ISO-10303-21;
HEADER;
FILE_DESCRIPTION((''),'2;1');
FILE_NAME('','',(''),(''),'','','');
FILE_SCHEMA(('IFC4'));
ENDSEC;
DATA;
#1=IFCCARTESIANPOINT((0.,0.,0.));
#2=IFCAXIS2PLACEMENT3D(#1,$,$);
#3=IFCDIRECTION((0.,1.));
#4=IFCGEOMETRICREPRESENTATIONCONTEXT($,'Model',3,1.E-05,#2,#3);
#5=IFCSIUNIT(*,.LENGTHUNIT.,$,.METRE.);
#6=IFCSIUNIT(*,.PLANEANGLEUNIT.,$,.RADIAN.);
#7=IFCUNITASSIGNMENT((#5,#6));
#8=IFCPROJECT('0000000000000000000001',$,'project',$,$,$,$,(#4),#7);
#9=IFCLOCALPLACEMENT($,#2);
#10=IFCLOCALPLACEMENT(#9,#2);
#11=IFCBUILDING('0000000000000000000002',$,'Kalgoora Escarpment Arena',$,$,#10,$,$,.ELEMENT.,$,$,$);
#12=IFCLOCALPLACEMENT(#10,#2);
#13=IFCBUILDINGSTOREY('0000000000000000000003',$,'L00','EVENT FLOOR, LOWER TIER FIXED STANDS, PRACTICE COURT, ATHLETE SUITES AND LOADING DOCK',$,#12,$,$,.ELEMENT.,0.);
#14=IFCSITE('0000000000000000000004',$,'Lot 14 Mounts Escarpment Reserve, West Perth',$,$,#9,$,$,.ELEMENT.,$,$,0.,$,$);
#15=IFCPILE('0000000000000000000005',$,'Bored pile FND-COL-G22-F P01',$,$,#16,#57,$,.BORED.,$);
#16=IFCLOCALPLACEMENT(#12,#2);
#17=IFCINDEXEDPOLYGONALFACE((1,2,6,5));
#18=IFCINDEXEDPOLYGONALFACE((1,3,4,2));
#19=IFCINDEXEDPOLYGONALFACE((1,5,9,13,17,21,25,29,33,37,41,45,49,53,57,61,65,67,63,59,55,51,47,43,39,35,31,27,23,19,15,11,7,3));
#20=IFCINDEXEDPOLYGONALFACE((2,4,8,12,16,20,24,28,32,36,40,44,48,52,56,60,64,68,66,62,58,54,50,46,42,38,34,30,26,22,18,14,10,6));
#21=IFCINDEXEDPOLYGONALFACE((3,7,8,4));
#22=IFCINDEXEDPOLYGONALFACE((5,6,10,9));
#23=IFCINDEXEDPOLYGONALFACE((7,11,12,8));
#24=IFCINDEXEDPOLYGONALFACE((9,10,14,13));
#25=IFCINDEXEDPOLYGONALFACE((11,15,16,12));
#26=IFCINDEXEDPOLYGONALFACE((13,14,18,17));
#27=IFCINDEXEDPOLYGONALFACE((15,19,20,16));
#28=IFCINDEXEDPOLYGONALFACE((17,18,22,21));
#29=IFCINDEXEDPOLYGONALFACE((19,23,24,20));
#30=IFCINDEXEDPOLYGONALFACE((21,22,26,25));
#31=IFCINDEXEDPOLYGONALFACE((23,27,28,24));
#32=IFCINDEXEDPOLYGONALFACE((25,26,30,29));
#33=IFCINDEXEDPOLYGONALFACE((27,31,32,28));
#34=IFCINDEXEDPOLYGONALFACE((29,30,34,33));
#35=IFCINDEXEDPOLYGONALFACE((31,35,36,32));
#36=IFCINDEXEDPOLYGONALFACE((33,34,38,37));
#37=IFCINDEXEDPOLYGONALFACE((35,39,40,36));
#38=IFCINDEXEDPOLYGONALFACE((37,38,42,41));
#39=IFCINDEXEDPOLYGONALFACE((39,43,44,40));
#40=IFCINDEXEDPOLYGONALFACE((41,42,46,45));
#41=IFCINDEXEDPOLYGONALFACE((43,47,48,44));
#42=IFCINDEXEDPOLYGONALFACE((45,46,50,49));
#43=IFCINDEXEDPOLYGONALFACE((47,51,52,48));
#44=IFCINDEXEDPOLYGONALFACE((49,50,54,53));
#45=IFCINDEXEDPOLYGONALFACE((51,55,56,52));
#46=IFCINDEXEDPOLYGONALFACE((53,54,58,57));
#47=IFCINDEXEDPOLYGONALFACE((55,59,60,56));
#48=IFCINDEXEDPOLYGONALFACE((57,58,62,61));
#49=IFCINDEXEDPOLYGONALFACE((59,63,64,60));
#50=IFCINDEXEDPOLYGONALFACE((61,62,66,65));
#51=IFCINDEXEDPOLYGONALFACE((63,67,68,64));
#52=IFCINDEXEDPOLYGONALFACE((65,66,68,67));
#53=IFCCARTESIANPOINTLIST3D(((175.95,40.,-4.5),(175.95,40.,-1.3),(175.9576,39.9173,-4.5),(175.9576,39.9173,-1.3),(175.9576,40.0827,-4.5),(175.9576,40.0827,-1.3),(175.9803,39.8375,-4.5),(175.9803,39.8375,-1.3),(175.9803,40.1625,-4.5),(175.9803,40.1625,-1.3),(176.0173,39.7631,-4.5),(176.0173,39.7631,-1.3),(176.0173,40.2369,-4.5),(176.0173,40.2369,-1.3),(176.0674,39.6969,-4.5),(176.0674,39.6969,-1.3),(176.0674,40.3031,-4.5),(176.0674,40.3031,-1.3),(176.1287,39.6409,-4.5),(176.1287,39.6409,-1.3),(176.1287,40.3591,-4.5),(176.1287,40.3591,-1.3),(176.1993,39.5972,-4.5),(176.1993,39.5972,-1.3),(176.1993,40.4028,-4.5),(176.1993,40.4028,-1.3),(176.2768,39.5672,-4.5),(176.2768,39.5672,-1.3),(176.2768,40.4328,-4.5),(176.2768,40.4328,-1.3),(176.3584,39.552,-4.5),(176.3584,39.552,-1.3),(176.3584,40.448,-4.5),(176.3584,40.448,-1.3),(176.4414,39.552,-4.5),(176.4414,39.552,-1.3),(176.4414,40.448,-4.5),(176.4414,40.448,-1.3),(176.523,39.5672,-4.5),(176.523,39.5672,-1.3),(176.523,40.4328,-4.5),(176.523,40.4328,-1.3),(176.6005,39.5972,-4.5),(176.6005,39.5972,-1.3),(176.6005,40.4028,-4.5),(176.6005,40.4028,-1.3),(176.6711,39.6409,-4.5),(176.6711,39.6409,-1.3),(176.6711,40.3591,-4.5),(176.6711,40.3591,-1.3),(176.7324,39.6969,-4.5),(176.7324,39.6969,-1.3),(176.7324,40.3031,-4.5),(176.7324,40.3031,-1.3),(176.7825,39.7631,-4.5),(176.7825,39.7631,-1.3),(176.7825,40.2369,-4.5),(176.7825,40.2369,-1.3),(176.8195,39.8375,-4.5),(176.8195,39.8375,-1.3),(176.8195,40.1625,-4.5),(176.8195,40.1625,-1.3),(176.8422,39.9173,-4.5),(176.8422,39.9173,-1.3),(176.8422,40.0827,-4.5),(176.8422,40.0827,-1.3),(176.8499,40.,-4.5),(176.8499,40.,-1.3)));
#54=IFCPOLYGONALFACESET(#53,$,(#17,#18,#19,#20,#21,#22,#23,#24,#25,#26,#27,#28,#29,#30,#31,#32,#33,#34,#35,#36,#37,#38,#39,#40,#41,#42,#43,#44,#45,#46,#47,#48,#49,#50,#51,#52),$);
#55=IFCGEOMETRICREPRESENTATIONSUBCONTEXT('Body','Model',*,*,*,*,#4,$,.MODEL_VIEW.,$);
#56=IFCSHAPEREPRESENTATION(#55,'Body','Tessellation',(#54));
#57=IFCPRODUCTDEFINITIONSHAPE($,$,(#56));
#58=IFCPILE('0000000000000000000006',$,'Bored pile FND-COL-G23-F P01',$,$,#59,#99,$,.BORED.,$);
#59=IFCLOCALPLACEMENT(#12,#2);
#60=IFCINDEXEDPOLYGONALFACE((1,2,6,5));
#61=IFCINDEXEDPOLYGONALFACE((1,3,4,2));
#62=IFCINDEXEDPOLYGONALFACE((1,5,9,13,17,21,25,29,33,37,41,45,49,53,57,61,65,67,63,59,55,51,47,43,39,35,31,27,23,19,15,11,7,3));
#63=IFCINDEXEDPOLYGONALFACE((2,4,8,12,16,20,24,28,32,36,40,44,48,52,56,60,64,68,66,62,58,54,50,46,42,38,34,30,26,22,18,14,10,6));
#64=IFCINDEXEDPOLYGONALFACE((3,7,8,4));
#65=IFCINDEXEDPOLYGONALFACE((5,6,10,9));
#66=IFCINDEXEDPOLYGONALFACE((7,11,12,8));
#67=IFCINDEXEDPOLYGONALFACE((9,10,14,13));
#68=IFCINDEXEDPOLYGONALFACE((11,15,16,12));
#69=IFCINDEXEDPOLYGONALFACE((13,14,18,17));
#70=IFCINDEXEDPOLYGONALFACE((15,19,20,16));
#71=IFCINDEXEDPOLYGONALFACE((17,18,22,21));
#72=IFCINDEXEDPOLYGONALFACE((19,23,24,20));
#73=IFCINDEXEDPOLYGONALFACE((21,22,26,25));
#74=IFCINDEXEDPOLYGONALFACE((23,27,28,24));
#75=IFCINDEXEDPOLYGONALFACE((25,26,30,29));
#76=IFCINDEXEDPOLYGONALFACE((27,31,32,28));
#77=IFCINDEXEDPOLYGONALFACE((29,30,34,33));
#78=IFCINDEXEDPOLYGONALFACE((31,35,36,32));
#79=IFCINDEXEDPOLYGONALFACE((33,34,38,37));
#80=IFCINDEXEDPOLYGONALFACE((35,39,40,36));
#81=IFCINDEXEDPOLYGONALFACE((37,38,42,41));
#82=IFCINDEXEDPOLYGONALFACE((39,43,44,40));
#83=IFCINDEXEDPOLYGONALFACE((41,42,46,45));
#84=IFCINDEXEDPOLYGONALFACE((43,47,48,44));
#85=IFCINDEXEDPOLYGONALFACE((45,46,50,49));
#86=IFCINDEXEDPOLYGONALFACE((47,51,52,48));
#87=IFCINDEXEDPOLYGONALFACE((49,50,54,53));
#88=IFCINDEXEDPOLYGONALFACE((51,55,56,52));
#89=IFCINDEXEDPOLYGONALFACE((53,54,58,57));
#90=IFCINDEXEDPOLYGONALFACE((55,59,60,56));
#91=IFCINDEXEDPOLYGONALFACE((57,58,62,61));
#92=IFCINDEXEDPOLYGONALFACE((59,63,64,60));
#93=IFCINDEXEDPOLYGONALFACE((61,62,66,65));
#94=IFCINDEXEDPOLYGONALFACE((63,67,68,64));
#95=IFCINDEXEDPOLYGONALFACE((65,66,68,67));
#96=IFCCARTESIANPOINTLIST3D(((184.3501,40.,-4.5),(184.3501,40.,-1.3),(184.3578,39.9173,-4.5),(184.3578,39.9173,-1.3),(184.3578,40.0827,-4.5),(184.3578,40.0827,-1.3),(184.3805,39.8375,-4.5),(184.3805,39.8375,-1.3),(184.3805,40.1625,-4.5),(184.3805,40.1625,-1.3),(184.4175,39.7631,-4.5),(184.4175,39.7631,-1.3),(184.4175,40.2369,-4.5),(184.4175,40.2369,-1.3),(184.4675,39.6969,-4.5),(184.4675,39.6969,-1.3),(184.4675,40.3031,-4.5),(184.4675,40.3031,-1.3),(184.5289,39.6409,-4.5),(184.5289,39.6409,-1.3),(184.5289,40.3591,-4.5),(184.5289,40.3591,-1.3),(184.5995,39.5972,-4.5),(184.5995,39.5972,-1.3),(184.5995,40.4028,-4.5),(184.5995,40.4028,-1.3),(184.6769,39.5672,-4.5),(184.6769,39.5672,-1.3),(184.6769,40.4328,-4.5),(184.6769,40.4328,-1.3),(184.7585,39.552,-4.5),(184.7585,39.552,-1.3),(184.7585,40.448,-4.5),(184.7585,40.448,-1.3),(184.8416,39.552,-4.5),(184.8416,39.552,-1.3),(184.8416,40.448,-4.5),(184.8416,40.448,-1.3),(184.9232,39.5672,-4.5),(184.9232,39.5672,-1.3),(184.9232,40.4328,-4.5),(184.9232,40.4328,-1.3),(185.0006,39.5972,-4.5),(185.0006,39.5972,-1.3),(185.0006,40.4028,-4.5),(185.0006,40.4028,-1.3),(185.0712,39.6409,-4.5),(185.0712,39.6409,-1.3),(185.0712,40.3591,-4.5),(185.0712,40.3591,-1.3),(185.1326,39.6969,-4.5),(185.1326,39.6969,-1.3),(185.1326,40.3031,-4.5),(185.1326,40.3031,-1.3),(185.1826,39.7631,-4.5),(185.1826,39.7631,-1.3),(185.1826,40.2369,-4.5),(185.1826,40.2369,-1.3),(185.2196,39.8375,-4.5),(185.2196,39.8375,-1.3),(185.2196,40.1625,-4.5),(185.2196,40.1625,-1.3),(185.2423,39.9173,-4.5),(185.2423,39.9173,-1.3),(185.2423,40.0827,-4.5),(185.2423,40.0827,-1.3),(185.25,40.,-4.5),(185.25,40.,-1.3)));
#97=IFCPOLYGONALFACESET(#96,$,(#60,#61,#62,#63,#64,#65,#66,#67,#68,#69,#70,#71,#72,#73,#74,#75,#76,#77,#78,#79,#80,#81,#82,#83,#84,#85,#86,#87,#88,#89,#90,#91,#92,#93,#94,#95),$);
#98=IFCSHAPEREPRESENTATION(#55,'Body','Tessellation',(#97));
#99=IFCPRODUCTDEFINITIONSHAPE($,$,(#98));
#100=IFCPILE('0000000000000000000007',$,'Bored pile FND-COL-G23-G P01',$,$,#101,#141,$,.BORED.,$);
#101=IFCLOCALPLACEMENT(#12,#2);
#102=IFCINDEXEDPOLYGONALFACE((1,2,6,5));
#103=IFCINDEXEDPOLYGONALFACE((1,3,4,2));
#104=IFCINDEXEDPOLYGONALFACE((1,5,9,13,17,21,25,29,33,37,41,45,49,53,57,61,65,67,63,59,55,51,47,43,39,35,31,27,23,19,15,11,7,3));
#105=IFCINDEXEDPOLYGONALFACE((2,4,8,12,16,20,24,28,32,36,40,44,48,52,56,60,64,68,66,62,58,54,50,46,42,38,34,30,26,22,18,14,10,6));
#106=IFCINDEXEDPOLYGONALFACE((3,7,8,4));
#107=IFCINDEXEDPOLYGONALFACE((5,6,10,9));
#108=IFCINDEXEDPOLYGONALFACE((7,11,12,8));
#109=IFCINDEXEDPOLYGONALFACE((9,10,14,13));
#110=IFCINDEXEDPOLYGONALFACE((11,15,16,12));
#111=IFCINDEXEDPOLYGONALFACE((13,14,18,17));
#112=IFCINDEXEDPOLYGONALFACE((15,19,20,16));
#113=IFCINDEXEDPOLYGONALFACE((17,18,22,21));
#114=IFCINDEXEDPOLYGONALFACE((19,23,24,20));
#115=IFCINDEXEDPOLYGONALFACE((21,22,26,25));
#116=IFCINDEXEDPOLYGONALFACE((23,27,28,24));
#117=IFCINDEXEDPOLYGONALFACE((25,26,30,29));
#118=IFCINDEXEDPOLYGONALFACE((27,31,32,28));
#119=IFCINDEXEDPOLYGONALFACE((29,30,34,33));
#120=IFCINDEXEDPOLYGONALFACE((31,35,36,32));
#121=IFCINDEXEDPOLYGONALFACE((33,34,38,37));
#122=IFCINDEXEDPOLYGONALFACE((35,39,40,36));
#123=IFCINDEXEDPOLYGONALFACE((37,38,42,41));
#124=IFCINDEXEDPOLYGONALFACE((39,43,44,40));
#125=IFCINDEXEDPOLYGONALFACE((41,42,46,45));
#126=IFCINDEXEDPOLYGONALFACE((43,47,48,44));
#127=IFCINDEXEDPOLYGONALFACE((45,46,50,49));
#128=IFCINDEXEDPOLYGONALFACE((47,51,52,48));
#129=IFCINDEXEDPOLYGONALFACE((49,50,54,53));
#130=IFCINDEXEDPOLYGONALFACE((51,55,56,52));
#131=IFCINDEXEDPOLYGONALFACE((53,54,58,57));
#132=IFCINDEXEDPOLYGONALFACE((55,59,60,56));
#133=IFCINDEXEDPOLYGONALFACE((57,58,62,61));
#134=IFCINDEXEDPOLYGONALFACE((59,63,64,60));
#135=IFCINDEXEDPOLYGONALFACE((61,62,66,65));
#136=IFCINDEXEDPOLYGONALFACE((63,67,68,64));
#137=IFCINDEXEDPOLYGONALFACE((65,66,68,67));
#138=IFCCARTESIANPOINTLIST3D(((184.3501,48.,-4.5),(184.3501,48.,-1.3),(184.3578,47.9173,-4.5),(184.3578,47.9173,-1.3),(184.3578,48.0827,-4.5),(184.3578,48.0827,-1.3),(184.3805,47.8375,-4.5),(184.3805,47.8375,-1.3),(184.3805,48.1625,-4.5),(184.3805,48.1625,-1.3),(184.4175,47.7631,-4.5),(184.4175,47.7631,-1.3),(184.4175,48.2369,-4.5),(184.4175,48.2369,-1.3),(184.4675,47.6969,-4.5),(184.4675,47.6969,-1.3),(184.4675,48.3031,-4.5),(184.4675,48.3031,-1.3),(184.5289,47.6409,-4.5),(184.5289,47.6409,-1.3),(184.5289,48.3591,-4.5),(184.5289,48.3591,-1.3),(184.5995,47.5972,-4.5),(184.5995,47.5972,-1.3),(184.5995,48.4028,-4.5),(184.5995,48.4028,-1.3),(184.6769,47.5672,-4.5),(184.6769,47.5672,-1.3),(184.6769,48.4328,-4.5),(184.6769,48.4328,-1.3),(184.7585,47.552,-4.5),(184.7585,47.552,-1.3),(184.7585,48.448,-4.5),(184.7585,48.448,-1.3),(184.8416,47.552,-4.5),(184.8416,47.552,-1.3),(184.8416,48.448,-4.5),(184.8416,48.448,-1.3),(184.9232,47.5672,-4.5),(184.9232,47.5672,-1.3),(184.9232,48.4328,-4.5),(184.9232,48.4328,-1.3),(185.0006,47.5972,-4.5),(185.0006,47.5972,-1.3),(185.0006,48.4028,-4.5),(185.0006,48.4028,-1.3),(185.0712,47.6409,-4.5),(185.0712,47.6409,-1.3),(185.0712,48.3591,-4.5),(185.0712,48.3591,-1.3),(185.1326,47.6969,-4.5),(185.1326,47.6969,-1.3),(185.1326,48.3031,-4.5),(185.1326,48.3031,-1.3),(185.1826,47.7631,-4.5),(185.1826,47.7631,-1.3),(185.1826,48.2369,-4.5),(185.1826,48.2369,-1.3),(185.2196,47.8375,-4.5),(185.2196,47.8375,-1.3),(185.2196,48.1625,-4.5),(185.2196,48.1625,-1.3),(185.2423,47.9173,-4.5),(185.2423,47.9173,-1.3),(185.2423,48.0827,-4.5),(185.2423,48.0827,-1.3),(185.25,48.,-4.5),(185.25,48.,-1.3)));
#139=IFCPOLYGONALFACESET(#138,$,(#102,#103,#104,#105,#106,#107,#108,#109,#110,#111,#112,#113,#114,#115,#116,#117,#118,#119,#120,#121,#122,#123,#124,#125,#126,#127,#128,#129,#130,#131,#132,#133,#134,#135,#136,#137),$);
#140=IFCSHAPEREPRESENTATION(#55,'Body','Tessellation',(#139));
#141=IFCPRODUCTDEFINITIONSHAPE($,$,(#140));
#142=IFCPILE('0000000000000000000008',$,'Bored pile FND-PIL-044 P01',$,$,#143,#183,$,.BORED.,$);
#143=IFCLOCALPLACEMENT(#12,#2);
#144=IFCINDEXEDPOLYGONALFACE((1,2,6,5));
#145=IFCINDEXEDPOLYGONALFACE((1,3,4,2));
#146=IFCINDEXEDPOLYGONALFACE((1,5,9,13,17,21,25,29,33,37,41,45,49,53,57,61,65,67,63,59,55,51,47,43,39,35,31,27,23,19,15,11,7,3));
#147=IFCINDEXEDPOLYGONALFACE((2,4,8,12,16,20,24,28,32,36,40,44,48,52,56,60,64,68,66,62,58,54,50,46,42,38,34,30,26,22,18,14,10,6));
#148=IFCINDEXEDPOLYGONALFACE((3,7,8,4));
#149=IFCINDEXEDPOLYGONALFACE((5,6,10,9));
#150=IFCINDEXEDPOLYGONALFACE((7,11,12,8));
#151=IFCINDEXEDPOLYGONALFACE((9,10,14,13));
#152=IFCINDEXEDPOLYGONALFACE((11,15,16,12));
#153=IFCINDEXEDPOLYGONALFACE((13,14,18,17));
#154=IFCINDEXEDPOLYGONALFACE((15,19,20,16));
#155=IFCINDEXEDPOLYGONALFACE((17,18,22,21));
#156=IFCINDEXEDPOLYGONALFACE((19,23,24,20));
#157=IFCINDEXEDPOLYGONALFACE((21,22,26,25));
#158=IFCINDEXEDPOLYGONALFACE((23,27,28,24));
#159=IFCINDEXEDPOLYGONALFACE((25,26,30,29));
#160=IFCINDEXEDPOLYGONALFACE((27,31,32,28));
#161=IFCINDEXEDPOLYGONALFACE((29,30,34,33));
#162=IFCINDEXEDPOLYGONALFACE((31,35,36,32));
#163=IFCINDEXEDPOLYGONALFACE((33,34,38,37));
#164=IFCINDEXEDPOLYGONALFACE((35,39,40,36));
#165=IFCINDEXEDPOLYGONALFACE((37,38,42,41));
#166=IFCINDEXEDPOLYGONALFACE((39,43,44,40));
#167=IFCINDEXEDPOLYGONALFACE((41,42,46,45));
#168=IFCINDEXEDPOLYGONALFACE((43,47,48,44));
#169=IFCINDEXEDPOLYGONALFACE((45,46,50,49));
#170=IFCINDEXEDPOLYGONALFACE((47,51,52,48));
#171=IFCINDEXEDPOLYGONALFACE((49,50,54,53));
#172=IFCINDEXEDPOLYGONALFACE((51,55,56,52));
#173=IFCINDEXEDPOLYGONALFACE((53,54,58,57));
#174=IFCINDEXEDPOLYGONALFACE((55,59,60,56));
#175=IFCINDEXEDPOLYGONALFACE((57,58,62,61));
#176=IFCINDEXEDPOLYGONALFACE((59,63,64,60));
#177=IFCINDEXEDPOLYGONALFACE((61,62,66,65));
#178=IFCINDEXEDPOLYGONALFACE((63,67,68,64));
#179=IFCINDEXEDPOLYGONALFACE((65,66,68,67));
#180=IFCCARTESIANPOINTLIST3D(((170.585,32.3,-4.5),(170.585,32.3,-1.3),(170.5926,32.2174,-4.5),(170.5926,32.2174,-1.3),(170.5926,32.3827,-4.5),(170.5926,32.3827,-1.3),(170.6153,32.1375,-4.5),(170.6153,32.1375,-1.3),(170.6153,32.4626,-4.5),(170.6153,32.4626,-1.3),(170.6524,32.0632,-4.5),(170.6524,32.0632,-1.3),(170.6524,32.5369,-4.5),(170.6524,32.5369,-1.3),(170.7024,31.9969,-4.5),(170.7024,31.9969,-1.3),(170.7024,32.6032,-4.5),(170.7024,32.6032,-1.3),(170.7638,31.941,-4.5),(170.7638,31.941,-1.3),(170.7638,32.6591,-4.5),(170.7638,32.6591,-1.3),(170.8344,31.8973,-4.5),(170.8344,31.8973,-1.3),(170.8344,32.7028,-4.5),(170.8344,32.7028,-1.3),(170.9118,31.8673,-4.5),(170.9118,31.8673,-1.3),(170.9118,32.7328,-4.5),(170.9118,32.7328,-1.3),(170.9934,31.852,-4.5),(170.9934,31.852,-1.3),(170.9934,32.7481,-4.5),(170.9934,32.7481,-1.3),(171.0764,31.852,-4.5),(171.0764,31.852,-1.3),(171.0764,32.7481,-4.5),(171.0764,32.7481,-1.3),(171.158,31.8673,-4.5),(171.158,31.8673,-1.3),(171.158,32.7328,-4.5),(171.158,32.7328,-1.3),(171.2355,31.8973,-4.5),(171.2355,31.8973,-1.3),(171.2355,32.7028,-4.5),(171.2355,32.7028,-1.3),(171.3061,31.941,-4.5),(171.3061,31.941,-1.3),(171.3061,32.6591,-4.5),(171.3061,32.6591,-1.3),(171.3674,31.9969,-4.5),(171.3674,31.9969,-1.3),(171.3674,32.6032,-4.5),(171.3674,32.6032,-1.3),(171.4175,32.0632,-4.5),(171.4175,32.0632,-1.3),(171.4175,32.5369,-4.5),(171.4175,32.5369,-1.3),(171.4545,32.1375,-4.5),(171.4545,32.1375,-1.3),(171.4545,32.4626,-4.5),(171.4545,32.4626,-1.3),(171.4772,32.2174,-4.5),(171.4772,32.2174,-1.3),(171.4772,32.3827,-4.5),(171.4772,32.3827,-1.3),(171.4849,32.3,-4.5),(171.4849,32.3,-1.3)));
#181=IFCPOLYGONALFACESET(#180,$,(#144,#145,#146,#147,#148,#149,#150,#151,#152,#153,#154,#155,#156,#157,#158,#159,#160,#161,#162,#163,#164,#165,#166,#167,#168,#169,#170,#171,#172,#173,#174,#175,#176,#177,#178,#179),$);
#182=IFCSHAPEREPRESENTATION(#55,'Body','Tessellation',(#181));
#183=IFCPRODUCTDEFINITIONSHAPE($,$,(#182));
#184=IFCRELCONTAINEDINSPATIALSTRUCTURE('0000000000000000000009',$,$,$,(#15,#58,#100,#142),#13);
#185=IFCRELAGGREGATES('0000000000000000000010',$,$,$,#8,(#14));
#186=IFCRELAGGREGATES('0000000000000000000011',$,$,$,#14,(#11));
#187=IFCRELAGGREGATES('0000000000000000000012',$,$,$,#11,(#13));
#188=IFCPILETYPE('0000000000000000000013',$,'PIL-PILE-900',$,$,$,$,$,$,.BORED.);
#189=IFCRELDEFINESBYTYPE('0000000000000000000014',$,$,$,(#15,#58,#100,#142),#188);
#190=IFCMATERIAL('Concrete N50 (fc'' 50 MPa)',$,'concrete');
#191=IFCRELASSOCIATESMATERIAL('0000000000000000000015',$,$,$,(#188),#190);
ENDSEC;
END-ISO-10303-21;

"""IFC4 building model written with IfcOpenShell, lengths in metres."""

from ifc_helpers import new_model, si_unit, direction, frame, origin, origin_2d, place, context, subcontext, project, spatial, circle, extrude, material, material_profile, profile_set, type_object, element, save


model = new_model("IFC4")

# Units and contexts
model_context = context("Model", 3, precision=1e-05, world=origin(), true_north=direction((0.0, 1.0)))
body_context = subcontext(model_context, "Body", "Model", "MODEL_VIEW")
ifc_project = project(units=[si_unit("LENGTHUNIT", "METRE"), si_unit("PLANEANGLEUNIT", "RADIAN")], contexts=[model_context])

# Site, building, storey
site_placement = place(None, origin())
site = spatial("IfcSite", under=ifc_project, at=site_placement, Name="Lot 14 Mounts Escarpment Reserve, West Perth", CompositionType="ELEMENT", RefElevation=0.0)
building_placement = place(site_placement, origin())
building = spatial("IfcBuilding", under=site, at=building_placement, Name="Kalgoora Escarpment Arena", CompositionType="ELEMENT")
storey_placement = place(building_placement, origin())
storey = spatial("IfcBuildingStorey", under=building, at=storey_placement, Name="L00", Description="EVENT FLOOR, LOWER TIER FIXED STANDS, PRACTICE COURT, ATHLETE SUITES AND LOADING DOCK", CompositionType="ELEMENT", Elevation=0.0)

# Piles
ifc_material_1 = material(Name="Concrete N50 (fc' 50 MPa)", Category="concrete")
ifc_material_profile_1 = material_profile(ifc_material_1, circle(Radius=0.45, at=origin_2d()))
ifc_profile_set_1 = profile_set([ifc_material_profile_1], Name="Concrete N50 (fc' 50 MPa)")
pile_type = type_object("IfcPileType", Name="PIL-PILE-900", PredefinedType="BORED", material=ifc_profile_set_1)
for number, where, z_axis, x_axis, name in (
    (1, (176.3999, 40.0, -1.3), (0.0, 0.0, -1.0), (1.0, 0.0, 0.0), "Bored pile FND-COL-G22-F P01"),
    (2, (184.8, 40.0, -1.3), (0.0, 0.0, -1.0), (1.0, 0.0, 0.0), "Bored pile FND-COL-G23-F P01"),
    (3, (184.8, 48.0, -1.3), (0.0, 0.0, -1.0), (1.0, 0.0, 0.0), "Bored pile FND-COL-G23-G P01"),
    (4, (171.0349, 32.3, -1.3), (0.0, 0.0, -1.0), (1.0, 0.0, 0.0), "Bored pile FND-PIL-044 P01"),
):
    element("IfcPile", number, at=place(storey_placement, frame(where, z_axis=z_axis, x_axis=x_axis)), inside=storey, type_object=pile_type, Name=name, PredefinedType="BORED", context=body_context, shape_type="SweptSolid", body=[
        extrude(circle(Radius=0.45, at=origin_2d()), origin(), (0.0, 0.0, 1.0), 3.2),
    ])

save(model, "model.ifc")
